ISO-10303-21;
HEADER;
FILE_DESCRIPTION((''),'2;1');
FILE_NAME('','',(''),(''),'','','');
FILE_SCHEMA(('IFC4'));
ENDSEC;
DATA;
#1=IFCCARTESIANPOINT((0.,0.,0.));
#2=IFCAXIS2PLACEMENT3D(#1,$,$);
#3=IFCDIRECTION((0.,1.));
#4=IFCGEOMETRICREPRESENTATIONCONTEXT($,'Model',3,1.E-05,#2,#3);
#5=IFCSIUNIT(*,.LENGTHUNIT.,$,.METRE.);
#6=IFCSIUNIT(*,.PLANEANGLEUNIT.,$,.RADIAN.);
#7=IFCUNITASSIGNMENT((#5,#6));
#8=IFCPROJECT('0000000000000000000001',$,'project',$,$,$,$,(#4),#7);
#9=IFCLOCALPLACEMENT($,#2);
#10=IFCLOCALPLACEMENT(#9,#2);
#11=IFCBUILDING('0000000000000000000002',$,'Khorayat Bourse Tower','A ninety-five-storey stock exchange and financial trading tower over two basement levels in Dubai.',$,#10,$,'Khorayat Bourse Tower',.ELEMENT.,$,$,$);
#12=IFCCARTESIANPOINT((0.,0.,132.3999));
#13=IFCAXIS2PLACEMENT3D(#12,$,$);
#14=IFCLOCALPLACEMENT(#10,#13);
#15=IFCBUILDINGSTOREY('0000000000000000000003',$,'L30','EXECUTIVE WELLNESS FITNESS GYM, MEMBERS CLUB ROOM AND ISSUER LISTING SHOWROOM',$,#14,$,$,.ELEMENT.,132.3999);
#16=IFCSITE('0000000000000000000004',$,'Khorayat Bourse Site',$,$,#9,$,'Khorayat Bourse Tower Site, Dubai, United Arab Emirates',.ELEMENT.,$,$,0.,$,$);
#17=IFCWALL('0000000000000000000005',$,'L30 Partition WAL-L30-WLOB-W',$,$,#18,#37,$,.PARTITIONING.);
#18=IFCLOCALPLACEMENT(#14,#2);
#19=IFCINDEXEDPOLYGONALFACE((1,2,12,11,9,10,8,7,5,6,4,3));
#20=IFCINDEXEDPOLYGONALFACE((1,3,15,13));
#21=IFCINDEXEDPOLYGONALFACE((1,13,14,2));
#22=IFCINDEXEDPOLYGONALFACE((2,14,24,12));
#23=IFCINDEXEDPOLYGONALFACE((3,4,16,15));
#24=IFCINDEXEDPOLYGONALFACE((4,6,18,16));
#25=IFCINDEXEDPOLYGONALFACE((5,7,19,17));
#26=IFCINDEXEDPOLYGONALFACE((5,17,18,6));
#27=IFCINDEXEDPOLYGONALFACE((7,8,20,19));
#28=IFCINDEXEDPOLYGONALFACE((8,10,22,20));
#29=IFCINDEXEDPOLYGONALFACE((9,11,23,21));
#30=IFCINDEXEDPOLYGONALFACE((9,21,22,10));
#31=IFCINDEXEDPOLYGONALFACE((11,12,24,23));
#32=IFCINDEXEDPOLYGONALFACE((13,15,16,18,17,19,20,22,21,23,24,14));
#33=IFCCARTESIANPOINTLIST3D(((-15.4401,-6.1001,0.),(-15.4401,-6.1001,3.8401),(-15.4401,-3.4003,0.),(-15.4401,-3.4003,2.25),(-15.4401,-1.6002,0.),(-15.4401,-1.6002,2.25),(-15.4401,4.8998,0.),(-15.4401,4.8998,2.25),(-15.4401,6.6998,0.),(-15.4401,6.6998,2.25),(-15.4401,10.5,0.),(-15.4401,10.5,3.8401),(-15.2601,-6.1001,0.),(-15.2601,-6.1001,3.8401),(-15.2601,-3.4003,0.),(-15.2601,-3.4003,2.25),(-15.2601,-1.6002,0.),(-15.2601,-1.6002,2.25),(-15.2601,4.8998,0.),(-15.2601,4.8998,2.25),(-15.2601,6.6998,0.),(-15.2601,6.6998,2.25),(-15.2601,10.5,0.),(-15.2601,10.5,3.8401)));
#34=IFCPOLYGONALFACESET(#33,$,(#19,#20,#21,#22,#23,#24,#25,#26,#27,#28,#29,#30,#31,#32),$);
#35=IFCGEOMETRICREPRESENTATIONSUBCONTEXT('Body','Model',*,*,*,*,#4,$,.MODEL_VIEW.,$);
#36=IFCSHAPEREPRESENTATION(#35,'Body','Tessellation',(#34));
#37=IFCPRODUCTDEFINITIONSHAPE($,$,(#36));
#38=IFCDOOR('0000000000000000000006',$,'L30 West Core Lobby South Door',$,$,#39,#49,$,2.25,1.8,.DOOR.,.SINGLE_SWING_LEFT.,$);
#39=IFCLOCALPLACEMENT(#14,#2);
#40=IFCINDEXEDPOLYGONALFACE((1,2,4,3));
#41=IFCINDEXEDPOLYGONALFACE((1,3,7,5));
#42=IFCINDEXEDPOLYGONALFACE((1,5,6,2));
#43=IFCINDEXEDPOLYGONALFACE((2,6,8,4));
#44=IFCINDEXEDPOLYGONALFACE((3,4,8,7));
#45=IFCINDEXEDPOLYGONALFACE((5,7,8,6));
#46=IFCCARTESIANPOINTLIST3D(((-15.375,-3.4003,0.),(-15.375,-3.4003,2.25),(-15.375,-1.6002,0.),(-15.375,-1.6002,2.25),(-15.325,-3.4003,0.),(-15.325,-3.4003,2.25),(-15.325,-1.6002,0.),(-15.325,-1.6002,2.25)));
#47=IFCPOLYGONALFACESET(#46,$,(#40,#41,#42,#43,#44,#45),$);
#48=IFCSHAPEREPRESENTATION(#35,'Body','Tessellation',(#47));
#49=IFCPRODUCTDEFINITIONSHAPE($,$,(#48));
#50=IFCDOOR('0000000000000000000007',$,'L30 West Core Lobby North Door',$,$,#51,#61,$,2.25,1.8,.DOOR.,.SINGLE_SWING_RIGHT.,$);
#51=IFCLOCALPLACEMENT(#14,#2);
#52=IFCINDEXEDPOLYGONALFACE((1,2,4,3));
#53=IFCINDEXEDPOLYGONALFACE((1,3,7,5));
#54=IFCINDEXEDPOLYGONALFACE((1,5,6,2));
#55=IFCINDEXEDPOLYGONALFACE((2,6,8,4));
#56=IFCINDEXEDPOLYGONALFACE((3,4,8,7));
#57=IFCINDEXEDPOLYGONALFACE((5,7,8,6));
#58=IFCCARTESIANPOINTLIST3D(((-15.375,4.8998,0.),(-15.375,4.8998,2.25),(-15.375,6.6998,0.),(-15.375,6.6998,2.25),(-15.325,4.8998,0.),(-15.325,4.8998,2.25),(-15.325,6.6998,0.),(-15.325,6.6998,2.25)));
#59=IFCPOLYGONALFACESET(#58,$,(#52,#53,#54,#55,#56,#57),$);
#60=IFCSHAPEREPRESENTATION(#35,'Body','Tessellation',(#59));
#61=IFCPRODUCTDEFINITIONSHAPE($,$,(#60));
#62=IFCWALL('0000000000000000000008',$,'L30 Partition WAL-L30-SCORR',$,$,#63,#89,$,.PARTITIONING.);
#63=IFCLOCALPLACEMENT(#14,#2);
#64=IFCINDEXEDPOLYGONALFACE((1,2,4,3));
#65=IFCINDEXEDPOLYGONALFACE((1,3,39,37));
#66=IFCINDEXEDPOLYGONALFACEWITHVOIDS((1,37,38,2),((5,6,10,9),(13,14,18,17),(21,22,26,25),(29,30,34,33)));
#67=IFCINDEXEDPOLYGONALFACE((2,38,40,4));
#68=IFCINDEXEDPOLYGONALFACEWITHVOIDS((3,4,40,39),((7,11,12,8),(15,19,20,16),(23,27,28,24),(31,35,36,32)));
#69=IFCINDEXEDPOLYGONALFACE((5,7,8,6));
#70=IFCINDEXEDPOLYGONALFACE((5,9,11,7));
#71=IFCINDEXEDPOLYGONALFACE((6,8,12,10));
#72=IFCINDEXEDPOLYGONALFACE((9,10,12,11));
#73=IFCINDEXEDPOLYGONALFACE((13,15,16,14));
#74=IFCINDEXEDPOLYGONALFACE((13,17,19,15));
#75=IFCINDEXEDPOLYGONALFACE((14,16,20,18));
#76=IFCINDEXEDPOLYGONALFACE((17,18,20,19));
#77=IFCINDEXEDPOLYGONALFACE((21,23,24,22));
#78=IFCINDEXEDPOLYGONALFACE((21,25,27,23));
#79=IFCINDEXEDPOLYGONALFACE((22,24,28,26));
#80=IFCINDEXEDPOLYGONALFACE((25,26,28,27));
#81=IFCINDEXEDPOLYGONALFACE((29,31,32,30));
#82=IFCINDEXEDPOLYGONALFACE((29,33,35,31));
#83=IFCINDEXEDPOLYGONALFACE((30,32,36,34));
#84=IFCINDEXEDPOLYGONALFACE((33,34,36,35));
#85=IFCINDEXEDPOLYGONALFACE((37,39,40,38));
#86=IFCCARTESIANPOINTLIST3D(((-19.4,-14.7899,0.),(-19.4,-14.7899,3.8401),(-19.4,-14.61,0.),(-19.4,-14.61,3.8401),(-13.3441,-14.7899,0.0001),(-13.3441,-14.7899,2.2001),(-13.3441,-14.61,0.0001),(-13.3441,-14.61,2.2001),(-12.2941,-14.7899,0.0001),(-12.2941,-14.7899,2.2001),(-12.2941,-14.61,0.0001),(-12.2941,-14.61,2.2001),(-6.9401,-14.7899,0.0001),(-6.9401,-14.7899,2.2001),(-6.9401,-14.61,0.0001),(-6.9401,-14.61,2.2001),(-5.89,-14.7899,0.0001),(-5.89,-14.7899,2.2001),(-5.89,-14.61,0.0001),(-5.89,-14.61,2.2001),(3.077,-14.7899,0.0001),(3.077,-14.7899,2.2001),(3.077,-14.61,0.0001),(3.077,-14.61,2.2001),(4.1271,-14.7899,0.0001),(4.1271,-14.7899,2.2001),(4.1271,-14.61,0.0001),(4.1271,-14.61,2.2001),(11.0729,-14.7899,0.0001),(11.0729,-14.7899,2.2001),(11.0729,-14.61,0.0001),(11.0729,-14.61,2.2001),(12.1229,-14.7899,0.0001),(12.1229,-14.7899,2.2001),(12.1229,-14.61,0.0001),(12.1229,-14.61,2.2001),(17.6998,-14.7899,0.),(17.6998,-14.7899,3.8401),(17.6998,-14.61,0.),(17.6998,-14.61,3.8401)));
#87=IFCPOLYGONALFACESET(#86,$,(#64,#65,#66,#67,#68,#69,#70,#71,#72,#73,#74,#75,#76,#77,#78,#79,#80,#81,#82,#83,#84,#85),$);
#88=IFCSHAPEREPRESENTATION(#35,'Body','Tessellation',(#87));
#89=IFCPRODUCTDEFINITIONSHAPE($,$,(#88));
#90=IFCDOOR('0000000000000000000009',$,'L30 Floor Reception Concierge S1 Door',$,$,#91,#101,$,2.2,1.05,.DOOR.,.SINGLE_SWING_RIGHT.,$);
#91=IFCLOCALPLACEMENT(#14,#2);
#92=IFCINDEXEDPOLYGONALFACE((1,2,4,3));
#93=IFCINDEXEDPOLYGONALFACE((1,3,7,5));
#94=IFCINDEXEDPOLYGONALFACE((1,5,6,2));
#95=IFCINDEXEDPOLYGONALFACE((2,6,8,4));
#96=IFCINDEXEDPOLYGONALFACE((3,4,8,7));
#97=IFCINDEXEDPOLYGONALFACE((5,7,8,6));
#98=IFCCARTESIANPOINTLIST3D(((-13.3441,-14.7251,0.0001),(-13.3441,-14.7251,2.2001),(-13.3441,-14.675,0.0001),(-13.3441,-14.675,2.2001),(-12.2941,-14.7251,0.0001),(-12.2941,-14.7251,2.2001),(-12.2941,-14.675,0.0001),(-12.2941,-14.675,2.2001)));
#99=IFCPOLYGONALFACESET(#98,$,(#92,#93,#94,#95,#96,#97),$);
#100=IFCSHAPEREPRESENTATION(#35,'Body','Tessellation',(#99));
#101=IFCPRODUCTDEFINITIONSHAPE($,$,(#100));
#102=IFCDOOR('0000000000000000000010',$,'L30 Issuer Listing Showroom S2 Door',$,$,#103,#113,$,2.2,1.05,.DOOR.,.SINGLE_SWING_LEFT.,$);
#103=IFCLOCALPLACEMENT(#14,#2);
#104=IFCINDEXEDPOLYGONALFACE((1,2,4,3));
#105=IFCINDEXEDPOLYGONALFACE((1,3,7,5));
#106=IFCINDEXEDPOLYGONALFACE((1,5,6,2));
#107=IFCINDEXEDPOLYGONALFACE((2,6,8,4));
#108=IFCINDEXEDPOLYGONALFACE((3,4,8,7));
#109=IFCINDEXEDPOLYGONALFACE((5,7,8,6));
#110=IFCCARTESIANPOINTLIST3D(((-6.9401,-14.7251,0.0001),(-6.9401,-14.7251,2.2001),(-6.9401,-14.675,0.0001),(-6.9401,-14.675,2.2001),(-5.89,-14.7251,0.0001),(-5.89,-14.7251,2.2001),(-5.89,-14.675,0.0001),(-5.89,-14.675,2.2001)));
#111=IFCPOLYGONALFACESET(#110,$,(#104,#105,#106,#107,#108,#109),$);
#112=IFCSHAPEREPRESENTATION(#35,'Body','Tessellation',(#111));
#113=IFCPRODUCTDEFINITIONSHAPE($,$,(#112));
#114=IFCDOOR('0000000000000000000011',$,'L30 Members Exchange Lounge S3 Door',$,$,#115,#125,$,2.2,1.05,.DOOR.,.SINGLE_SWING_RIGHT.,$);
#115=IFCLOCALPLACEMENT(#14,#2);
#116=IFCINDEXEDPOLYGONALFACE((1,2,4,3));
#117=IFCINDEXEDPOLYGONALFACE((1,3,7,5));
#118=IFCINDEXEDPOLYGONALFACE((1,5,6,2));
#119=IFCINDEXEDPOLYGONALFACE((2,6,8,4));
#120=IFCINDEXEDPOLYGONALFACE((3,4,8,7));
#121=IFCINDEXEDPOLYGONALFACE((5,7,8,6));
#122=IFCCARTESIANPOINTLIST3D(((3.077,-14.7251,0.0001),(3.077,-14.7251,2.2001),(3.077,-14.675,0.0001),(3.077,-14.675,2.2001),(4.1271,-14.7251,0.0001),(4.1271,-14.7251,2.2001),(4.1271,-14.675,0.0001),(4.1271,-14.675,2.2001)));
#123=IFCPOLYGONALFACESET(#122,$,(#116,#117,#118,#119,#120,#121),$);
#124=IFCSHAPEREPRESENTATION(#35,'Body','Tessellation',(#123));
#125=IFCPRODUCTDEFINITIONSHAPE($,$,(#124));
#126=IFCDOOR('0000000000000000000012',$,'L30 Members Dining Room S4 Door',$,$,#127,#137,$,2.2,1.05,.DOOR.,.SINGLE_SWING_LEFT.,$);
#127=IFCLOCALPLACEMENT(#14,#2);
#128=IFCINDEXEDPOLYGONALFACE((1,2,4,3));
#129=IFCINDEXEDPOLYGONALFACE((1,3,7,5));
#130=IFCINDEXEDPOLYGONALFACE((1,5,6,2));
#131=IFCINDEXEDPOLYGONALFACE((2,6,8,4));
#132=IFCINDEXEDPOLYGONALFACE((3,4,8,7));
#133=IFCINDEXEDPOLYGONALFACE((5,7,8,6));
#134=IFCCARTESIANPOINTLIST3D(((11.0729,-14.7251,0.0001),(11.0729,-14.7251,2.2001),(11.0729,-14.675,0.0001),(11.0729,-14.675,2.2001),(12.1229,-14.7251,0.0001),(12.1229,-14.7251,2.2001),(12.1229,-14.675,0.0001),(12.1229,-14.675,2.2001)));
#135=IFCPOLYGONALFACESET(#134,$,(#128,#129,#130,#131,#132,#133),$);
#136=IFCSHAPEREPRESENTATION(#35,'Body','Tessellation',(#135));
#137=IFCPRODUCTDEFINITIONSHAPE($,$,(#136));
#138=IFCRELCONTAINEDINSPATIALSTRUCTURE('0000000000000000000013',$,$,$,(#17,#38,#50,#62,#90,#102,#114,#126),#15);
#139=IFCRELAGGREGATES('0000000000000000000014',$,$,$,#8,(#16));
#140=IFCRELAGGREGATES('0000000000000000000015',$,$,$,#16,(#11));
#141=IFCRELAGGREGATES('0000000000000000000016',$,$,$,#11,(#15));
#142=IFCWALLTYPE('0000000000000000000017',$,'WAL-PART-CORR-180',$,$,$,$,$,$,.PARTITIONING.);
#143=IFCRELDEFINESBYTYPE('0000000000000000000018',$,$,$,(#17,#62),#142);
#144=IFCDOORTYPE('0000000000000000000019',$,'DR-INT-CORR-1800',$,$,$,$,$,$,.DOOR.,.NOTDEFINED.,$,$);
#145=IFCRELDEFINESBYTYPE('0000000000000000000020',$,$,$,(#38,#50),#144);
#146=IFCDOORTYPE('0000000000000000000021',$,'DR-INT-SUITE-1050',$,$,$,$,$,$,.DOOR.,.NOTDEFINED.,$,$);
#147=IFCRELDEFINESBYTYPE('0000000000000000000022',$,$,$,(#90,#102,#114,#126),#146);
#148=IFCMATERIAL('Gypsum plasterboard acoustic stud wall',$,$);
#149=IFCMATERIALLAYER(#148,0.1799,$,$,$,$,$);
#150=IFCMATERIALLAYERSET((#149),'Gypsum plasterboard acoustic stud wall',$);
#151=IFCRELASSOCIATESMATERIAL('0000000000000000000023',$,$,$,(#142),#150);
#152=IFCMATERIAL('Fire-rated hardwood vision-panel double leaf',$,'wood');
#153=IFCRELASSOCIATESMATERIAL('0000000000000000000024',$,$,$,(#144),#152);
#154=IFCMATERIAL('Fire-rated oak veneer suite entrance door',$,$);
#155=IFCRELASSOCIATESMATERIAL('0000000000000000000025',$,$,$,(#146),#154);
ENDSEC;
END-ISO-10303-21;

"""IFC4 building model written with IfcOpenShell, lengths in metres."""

from ifc_helpers import new_model, si_unit, direction, frame, frame_2d, origin, place, context, subcontext, project, spatial, rectangle, extrude, source, transform, mapped, material, layer, layer_set, type_object, element, fill, save


model = new_model("IFC4")

# Units and contexts
model_context = context("Model", 3, precision=1e-05, world=origin(), true_north=direction((0.0, 1.0)))
body_context = subcontext(model_context, "Body", "Model", "MODEL_VIEW")
ifc_project = project(units=[si_unit("LENGTHUNIT", "METRE"), si_unit("PLANEANGLEUNIT", "RADIAN")], contexts=[model_context])

# Site, building, storey
site_placement = place(None, origin())
site = spatial("IfcSite", under=ifc_project, at=site_placement, Name="Khorayat Bourse Site", LongName="Khorayat Bourse Tower Site, Dubai, United Arab Emirates", CompositionType="ELEMENT", RefElevation=0.0)
building_placement = place(site_placement, origin())
building = spatial("IfcBuilding", under=site, at=building_placement, Name="Khorayat Bourse Tower", Description="A ninety-five-storey stock exchange and financial trading tower over two basement levels in Dubai.", LongName="Khorayat Bourse Tower", CompositionType="ELEMENT")
storey_placement = place(building_placement, frame((0.0, 0.0, 132.3999)))
storey = spatial("IfcBuildingStorey", under=building, at=storey_placement, Name="L30", Description="EXECUTIVE WELLNESS FITNESS GYM, MEMBERS CLUB ROOM AND ISSUER LISTING SHOWROOM", CompositionType="ELEMENT", Elevation=132.3999)

# Walls, openings, doors
ifc_material_1 = material(Name="Gypsum plasterboard acoustic stud wall")
ifc_layer_1 = layer(ifc_material_1, 0.1799)
ifc_layer_set_1 = layer_set([ifc_layer_1], Name="Gypsum plasterboard acoustic stud wall")
wall_type_1 = type_object("IfcWallType", Name="WAL-PART-CORR-180", PredefinedType="PARTITIONING", material=ifc_layer_set_1)
shared_shape_1 = source(origin(), body_context, "Body", "SweptSolid", [
    extrude(rectangle(XDim=16.6001, YDim=0.1799, at=frame_2d((8.3, 0.0))), origin(), (0.0, 0.0, 1.0), 3.8401),
])
wall_1_placement = place(storey_placement, frame((-15.3501, -6.1001, 0.0), z_axis=(0.0, 0.0, 1.0), x_axis=(0.0, 1.0, 0.0)))
wall_1 = element("IfcWall", 1, at=wall_1_placement, inside=storey, type_object=wall_type_1, Name="L30 Partition WAL-L30-WLOB-W", PredefinedType="PARTITIONING", context=body_context, shape_type="MappedRepresentation", body=[
    mapped(shared_shape_1, transform((0.0, 0.0, 0.0), scale=1.0)),
])
shared_shape_2 = source(origin(), body_context, "Body", "SweptSolid", [
    extrude(rectangle(XDim=1.8, YDim=2.25, at=frame_2d((0.8999, 1.125))), frame((0.0, 0.0999, 0.0), z_axis=(0.0, -1.0, 0.0), x_axis=(1.0, 0.0, 0.0)), (0.0, 0.0, 1.0), 0.2),
])
opening_1_placement = place(wall_1_placement, frame((2.7, 0.0, 0.0)))
opening_1 = element("IfcOpeningElement", 2, at=opening_1_placement, cuts=wall_1, PredefinedType="OPENING", context=body_context, shape_type="MappedRepresentation", body=[
    mapped(shared_shape_2, transform((0.0, 0.0, 0.0), scale=1.0)),
])
opening_2_placement = place(wall_1_placement, frame((11.0, 0.0, 0.0)))
opening_2 = element("IfcOpeningElement", 3, at=opening_2_placement, cuts=wall_1, PredefinedType="OPENING", context=body_context, shape_type="MappedRepresentation", body=[
    mapped(shared_shape_2, transform((0.0, 0.0, 0.0), scale=1.0)),
])
ifc_material_2 = material(Name="Fire-rated hardwood vision-panel double leaf", Category="wood")
door_type_1 = type_object("IfcDoorType", Name="DR-INT-CORR-1800", OperationType="NOTDEFINED", PredefinedType="DOOR", material=ifc_material_2)
shared_shape_3 = source(origin(), body_context, "Body", "SweptSolid", [
    extrude(rectangle(XDim=1.8, YDim=2.25, at=frame_2d((0.8999, 1.125))), frame((0.0, 0.0249, 0.0), z_axis=(0.0, -1.0, 0.0), x_axis=(1.0, 0.0, 0.0)), (0.0, 0.0, 1.0), 0.05),
])
door_1_placement = place(opening_1_placement, origin())
door_1 = element("IfcDoor", 4, at=door_1_placement, inside=storey, type_object=door_type_1, Name="L30 West Core Lobby South Door", OperationType="SINGLE_SWING_LEFT", OverallHeight=2.25, OverallWidth=1.8, PredefinedType="DOOR", context=body_context, shape_type="MappedRepresentation", body=[
    mapped(shared_shape_3, transform((0.0, 0.0, 0.0), scale=1.0)),
])
fill(opening_1, door_1)
door_2_placement = place(opening_2_placement, origin())
door_2 = element("IfcDoor", 5, at=door_2_placement, inside=storey, type_object=door_type_1, Name="L30 West Core Lobby North Door", OperationType="SINGLE_SWING_RIGHT", OverallHeight=2.25, OverallWidth=1.8, PredefinedType="DOOR", context=body_context, shape_type="MappedRepresentation", body=[
    mapped(shared_shape_3, transform((0.0, 0.0, 0.0), scale=1.0)),
])
fill(opening_2, door_2)
shared_shape_4 = source(origin(), body_context, "Body", "SweptSolid", [
    extrude(rectangle(XDim=37.0999, YDim=0.1799, at=frame_2d((18.5498, 0.0))), origin(), (0.0, 0.0, 1.0), 3.8401),
])
wall_2_placement = place(storey_placement, frame((-19.3999, -14.7, 0.0), z_axis=(0.0, 0.0, 1.0), x_axis=(1.0, 0.0, 0.0)))
wall_2 = element("IfcWall", 6, at=wall_2_placement, inside=storey, type_object=wall_type_1, Name="L30 Partition WAL-L30-SCORR", PredefinedType="PARTITIONING", context=body_context, shape_type="MappedRepresentation", body=[
    mapped(shared_shape_4, transform((0.0, 0.0, 0.0), scale=1.0)),
])
shared_shape_5 = source(origin(), body_context, "Body", "SweptSolid", [
    extrude(rectangle(XDim=1.05, YDim=2.2, at=frame_2d((0.5249, 1.1001))), frame((0.0, 0.0999, 0.0), z_axis=(0.0, -1.0, 0.0), x_axis=(1.0, 0.0, 0.0)), (0.0, 0.0, 1.0), 0.2),
])
opening_3_placement = place(wall_2_placement, frame((6.0559, 0.0, 0.0)))
opening_3 = element("IfcOpeningElement", 7, at=opening_3_placement, cuts=wall_2, PredefinedType="OPENING", context=body_context, shape_type="MappedRepresentation", body=[
    mapped(shared_shape_5, transform((0.0, 0.0, 0.0), scale=1.0)),
])
opening_4_placement = place(wall_2_placement, frame((12.46, 0.0, 0.0)))
opening_4 = element("IfcOpeningElement", 8, at=opening_4_placement, cuts=wall_2, PredefinedType="OPENING", context=body_context, shape_type="MappedRepresentation", body=[
    mapped(shared_shape_5, transform((0.0, 0.0, 0.0), scale=1.0)),
])
opening_5_placement = place(wall_2_placement, frame((22.4771, 0.0, 0.0)))
opening_5 = element("IfcOpeningElement", 9, at=opening_5_placement, cuts=wall_2, PredefinedType="OPENING", context=body_context, shape_type="MappedRepresentation", body=[
    mapped(shared_shape_5, transform((0.0, 0.0, 0.0), scale=1.0)),
])
opening_6_placement = place(wall_2_placement, frame((30.4729, 0.0, 0.0)))
opening_6 = element("IfcOpeningElement", 10, at=opening_6_placement, cuts=wall_2, PredefinedType="OPENING", context=body_context, shape_type="MappedRepresentation", body=[
    mapped(shared_shape_5, transform((0.0, 0.0, 0.0), scale=1.0)),
])
ifc_material_3 = material(Name="Fire-rated oak veneer suite entrance door")
door_type_2 = type_object("IfcDoorType", Name="DR-INT-SUITE-1050", OperationType="NOTDEFINED", PredefinedType="DOOR", material=ifc_material_3)
shared_shape_6 = source(origin(), body_context, "Body", "SweptSolid", [
    extrude(rectangle(XDim=1.05, YDim=2.2, at=frame_2d((0.5249, 1.1001))), frame((0.0, 0.0249, 0.0), z_axis=(0.0, -1.0, 0.0), x_axis=(1.0, 0.0, 0.0)), (0.0, 0.0, 1.0), 0.05),
])
door_3_placement = place(opening_3_placement, origin())
door_3 = element("IfcDoor", 11, at=door_3_placement, inside=storey, type_object=door_type_2, Name="L30 Floor Reception Concierge S1 Door", OperationType="SINGLE_SWING_RIGHT", OverallHeight=2.2, OverallWidth=1.05, PredefinedType="DOOR", context=body_context, shape_type="MappedRepresentation", body=[
    mapped(shared_shape_6, transform((0.0, 0.0, 0.0), scale=1.0)),
])
fill(opening_3, door_3)
door_4_placement = place(opening_4_placement, origin())
door_4 = element("IfcDoor", 12, at=door_4_placement, inside=storey, type_object=door_type_2, Name="L30 Issuer Listing Showroom S2 Door", OperationType="SINGLE_SWING_LEFT", OverallHeight=2.2, OverallWidth=1.05, PredefinedType="DOOR", context=body_context, shape_type="MappedRepresentation", body=[
    mapped(shared_shape_6, transform((0.0, 0.0, 0.0), scale=1.0)),
])
fill(opening_4, door_4)
door_5_placement = place(opening_5_placement, origin())
door_5 = element("IfcDoor", 13, at=door_5_placement, inside=storey, type_object=door_type_2, Name="L30 Members Exchange Lounge S3 Door", OperationType="SINGLE_SWING_RIGHT", OverallHeight=2.2, OverallWidth=1.05, PredefinedType="DOOR", context=body_context, shape_type="MappedRepresentation", body=[
    mapped(shared_shape_6, transform((0.0, 0.0, 0.0), scale=1.0)),
])
fill(opening_5, door_5)
door_6_placement = place(opening_6_placement, origin())
door_6 = element("IfcDoor", 14, at=door_6_placement, inside=storey, type_object=door_type_2, Name="L30 Members Dining Room S4 Door", OperationType="SINGLE_SWING_LEFT", OverallHeight=2.2, OverallWidth=1.05, PredefinedType="DOOR", context=body_context, shape_type="MappedRepresentation", body=[
    mapped(shared_shape_6, transform((0.0, 0.0, 0.0), scale=1.0)),
])
fill(opening_6, door_6)

save(model, "model.ifc")
